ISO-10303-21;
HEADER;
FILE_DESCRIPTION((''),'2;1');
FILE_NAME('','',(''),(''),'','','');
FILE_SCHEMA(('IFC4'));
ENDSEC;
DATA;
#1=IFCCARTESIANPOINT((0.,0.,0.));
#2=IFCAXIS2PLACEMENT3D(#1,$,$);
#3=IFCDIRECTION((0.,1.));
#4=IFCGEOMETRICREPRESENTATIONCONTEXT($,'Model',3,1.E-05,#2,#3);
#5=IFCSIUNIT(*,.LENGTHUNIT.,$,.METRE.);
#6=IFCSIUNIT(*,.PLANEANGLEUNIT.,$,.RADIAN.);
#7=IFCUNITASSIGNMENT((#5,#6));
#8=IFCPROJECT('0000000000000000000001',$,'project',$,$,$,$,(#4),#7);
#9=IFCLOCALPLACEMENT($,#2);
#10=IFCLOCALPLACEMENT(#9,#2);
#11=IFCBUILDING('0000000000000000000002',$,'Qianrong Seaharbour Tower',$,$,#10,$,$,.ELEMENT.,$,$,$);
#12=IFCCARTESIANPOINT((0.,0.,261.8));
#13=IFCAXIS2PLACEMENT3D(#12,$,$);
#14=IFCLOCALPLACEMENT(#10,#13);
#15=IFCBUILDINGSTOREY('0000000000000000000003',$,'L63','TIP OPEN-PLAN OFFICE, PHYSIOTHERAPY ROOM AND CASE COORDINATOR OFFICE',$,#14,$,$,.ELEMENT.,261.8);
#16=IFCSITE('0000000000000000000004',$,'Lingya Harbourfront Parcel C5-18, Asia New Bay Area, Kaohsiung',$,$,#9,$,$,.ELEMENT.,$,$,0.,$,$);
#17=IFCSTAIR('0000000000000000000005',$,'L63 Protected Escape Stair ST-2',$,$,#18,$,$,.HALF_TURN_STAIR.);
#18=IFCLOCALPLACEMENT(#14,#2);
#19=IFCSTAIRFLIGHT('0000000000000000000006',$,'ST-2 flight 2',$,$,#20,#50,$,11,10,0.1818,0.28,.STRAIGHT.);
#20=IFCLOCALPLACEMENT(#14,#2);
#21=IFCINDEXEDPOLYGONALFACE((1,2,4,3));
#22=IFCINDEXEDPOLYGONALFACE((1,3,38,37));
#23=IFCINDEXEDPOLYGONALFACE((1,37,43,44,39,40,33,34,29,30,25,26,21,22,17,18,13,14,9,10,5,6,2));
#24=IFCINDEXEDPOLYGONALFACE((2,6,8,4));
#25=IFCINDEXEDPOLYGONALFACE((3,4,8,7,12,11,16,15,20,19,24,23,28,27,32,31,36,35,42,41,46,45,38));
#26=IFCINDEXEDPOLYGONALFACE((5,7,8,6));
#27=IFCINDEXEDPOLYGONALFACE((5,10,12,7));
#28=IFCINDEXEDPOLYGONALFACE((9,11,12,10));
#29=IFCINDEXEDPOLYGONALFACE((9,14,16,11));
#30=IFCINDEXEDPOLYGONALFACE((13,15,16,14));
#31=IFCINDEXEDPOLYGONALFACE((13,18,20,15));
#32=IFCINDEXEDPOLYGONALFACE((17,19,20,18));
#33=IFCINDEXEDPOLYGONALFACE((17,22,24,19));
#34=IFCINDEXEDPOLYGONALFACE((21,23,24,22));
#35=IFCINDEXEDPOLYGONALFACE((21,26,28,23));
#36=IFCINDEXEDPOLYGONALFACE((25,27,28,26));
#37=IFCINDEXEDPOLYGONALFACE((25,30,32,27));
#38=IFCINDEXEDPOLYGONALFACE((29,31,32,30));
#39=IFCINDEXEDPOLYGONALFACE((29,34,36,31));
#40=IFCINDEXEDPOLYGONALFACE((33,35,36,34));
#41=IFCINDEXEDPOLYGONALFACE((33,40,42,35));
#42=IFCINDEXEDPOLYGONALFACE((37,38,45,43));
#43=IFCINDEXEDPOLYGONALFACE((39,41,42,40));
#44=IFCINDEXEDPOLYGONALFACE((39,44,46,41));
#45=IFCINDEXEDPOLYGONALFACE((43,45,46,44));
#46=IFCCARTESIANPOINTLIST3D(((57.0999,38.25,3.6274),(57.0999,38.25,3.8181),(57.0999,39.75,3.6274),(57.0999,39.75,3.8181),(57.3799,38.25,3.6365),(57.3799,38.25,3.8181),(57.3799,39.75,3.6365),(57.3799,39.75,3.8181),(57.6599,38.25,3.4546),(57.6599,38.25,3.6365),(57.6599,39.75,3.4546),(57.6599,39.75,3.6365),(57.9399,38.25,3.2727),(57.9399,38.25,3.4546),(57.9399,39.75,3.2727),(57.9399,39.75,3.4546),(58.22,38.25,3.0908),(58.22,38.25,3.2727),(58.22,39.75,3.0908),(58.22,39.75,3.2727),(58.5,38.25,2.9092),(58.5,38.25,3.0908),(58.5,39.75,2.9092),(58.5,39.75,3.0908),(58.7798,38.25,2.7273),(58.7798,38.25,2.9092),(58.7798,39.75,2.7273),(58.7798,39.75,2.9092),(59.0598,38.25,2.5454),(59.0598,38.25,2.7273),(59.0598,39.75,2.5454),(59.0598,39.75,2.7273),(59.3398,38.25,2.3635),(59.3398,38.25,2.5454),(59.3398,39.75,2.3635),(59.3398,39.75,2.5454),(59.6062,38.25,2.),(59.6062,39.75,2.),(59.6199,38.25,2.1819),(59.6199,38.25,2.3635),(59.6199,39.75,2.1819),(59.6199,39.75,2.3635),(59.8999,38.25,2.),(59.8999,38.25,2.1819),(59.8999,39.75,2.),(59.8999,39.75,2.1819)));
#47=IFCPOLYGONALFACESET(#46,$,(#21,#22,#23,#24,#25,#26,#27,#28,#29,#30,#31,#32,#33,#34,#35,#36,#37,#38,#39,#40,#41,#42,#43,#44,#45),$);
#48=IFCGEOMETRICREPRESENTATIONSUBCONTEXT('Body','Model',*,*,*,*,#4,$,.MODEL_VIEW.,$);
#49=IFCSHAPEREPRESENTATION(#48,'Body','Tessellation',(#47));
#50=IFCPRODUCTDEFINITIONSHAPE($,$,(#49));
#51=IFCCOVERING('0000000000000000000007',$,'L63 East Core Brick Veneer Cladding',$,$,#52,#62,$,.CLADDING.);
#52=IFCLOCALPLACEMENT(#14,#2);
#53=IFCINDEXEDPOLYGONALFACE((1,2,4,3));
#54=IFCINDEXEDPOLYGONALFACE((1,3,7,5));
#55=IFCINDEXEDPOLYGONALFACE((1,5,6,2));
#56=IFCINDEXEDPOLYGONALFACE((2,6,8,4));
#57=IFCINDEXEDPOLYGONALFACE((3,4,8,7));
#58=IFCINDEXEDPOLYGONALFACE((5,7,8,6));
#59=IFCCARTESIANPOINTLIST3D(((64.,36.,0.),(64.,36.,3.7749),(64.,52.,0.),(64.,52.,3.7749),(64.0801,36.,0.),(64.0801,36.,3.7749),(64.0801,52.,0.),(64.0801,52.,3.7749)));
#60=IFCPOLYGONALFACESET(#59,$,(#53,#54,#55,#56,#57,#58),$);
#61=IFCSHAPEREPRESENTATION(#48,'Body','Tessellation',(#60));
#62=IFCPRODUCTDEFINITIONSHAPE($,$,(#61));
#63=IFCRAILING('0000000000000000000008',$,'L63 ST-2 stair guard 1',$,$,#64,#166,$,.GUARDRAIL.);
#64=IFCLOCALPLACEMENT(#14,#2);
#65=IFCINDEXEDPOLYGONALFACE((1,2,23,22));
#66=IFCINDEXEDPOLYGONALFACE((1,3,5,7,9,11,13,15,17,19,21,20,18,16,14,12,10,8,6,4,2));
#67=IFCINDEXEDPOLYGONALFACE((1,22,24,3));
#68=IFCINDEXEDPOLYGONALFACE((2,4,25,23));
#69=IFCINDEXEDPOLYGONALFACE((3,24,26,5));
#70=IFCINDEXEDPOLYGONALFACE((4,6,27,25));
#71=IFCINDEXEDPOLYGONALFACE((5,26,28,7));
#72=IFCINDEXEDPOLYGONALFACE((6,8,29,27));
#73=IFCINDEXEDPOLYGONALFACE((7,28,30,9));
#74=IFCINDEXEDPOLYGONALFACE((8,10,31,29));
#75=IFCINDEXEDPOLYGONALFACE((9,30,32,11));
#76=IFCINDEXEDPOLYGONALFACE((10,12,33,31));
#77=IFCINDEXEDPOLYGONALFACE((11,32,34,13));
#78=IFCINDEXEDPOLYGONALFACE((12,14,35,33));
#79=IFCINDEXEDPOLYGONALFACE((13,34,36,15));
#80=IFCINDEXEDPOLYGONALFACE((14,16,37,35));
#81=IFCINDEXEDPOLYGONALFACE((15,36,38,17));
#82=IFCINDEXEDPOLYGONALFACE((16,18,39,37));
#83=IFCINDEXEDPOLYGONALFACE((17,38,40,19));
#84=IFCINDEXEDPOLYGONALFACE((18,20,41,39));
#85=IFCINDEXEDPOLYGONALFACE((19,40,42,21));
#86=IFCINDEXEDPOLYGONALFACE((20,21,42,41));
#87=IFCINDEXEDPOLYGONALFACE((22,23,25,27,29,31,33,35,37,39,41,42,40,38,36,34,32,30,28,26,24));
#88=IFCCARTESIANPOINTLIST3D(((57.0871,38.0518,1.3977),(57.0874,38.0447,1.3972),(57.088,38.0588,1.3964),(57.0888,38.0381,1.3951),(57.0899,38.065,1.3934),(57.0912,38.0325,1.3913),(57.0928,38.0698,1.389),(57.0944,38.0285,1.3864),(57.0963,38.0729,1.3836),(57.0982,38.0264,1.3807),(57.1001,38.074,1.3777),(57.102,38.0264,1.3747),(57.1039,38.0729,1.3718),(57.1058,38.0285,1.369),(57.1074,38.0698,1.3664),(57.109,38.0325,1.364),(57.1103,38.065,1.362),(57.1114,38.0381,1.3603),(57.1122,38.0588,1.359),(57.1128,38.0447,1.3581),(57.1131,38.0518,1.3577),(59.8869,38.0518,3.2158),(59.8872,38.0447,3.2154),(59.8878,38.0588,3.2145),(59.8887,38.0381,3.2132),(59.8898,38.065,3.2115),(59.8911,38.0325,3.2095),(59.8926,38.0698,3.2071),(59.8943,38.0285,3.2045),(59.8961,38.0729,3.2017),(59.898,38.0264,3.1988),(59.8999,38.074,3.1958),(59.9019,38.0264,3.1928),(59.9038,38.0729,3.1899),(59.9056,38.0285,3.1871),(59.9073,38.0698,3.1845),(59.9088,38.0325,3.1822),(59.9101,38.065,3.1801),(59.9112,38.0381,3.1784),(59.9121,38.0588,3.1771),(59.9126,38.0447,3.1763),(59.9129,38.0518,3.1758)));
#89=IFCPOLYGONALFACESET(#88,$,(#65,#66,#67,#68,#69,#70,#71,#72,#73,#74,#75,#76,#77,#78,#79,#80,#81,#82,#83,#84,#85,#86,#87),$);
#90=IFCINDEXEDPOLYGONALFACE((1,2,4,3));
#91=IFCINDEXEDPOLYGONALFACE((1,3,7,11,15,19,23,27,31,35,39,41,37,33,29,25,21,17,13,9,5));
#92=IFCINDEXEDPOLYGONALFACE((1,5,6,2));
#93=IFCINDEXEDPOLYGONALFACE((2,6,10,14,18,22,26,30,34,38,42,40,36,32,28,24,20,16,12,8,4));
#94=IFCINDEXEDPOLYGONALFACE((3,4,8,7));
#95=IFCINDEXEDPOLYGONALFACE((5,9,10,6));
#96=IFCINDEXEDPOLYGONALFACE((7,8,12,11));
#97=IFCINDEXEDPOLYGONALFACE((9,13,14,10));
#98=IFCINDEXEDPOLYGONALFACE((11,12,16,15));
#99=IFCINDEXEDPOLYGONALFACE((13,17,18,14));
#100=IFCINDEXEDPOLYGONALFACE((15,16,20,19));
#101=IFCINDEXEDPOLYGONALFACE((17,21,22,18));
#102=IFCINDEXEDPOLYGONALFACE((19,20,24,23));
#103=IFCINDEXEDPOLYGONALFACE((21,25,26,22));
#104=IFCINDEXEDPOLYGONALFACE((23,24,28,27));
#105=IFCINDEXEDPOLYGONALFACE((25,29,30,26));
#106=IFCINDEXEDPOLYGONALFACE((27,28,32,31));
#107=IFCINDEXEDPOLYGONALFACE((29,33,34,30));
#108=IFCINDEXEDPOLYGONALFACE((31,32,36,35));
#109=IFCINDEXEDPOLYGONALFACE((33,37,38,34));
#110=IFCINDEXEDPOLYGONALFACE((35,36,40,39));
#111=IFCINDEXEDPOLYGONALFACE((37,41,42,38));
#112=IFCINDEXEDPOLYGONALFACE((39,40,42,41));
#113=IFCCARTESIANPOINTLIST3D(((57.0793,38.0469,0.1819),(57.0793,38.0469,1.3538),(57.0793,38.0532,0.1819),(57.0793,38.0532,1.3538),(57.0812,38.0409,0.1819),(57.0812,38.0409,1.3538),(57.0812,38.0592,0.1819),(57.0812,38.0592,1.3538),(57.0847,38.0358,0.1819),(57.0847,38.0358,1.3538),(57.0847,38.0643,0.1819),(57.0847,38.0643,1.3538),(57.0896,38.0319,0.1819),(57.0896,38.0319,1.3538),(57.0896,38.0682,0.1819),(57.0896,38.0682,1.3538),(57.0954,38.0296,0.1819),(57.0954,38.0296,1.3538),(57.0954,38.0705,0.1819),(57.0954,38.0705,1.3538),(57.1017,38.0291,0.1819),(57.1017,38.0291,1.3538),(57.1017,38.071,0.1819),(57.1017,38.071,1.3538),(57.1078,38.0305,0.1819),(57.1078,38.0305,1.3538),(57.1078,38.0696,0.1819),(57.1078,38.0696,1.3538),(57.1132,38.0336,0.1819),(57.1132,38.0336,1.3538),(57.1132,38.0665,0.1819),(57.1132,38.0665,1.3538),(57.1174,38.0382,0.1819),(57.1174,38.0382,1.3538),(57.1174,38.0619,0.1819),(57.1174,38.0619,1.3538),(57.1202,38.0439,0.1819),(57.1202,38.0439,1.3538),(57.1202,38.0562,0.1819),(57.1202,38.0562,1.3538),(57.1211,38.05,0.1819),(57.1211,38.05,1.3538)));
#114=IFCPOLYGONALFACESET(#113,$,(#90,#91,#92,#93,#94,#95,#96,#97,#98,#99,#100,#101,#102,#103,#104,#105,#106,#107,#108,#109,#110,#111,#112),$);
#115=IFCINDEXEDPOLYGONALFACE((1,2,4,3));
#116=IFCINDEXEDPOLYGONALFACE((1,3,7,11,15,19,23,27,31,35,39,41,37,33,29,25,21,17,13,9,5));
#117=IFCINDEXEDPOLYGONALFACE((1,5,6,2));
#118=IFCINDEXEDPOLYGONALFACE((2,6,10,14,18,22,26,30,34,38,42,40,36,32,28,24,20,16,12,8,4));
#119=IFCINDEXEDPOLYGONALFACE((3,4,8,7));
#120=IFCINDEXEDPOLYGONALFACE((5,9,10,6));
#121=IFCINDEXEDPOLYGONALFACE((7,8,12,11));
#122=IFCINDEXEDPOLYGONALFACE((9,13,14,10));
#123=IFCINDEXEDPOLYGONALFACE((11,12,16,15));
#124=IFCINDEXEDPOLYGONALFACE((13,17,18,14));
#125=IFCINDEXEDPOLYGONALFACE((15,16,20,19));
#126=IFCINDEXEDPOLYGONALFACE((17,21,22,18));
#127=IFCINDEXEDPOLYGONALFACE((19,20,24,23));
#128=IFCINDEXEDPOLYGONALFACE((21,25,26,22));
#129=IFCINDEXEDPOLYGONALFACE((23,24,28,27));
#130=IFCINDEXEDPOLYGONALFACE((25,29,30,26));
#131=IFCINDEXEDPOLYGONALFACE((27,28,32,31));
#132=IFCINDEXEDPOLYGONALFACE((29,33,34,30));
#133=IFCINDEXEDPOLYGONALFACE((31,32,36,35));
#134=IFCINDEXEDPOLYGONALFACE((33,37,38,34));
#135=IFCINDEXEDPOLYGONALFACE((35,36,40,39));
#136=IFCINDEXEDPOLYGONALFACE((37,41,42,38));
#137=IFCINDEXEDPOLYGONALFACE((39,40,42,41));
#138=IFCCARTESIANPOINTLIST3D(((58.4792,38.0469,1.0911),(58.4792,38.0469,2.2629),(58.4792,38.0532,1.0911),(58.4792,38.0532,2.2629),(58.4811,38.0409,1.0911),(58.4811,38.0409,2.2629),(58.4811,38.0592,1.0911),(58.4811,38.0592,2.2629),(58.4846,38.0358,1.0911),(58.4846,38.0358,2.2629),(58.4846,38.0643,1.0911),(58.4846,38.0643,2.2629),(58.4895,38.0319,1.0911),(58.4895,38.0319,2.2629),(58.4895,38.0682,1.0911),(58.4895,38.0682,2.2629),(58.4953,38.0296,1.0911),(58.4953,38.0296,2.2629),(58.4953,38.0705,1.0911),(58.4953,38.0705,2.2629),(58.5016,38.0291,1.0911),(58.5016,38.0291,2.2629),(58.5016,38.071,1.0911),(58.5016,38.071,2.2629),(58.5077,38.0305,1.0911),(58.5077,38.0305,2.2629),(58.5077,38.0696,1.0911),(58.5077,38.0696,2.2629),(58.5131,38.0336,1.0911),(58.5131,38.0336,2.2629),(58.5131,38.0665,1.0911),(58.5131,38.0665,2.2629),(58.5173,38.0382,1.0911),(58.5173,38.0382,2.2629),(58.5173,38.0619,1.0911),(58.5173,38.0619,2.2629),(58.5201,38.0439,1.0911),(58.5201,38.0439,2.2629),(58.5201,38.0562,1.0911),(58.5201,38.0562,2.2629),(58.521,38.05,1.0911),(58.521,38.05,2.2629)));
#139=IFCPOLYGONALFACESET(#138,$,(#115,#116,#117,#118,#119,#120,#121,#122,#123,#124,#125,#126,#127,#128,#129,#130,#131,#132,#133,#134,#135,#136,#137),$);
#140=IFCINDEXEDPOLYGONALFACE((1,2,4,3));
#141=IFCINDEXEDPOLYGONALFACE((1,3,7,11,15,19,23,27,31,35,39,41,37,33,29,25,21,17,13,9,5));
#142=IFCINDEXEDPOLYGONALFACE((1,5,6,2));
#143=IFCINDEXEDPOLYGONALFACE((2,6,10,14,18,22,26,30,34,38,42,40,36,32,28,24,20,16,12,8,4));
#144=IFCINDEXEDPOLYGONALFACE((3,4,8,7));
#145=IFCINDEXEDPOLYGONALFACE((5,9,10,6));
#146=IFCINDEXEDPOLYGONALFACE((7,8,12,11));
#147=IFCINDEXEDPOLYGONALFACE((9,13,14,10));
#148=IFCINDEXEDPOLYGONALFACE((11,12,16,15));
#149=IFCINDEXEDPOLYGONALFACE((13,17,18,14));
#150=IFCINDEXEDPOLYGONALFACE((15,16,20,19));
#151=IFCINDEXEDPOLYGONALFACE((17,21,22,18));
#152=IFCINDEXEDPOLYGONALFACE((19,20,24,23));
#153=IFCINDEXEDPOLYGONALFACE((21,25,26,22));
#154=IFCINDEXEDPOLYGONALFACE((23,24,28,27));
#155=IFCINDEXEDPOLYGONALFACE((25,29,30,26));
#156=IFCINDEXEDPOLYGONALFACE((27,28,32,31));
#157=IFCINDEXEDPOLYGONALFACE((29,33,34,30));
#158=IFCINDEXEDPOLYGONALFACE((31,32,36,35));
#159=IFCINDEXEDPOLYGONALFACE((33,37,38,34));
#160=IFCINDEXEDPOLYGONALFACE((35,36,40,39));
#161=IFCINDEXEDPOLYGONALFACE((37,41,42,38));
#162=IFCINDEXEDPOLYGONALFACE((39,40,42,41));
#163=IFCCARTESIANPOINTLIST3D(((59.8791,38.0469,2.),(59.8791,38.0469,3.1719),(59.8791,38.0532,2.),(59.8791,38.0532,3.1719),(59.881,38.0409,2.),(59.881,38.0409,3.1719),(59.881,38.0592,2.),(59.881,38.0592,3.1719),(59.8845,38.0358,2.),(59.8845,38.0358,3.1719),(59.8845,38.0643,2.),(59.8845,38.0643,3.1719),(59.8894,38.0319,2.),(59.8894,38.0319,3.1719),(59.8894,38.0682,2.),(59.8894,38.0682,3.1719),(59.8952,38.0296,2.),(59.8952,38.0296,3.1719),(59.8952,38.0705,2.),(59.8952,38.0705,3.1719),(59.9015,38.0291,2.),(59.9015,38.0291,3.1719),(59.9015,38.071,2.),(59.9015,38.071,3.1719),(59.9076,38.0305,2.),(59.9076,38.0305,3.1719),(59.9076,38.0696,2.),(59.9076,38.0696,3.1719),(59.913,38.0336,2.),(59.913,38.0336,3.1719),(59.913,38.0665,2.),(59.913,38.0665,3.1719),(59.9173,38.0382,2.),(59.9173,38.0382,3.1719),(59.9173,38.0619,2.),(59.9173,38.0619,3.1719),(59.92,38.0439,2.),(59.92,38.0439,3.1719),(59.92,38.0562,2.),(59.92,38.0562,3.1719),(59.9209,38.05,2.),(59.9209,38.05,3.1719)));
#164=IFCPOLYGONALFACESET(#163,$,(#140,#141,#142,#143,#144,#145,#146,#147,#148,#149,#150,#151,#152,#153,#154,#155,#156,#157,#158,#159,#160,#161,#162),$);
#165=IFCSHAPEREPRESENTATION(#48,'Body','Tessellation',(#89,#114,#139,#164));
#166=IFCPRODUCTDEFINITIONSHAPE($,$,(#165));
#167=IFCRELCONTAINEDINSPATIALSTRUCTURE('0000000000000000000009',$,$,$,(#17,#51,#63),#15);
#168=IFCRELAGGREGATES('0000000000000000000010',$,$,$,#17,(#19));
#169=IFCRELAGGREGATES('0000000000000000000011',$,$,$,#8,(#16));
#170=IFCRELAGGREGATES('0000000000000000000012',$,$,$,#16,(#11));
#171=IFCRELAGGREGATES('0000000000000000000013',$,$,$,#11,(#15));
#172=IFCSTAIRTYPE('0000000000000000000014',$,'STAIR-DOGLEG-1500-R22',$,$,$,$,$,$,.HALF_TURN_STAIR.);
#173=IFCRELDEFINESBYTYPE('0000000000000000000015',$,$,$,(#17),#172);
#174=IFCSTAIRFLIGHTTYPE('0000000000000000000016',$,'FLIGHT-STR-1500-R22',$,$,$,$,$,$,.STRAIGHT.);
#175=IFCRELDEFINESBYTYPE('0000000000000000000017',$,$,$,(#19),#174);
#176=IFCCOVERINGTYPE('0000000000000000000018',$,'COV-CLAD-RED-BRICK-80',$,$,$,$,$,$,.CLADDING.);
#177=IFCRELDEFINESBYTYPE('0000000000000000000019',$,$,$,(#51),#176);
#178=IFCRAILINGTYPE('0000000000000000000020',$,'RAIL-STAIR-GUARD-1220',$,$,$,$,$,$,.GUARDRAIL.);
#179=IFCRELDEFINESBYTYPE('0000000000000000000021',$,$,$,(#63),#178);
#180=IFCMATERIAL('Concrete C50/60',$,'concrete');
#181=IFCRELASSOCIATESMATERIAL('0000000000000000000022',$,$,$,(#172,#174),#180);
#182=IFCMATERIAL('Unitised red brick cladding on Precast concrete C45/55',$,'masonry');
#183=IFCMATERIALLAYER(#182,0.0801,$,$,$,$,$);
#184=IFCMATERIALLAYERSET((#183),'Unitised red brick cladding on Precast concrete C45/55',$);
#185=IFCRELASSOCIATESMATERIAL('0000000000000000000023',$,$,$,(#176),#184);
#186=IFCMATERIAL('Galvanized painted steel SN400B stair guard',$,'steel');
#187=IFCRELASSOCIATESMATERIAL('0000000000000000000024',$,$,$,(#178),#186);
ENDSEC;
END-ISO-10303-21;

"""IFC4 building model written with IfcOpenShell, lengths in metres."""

from ifc_helpers import new_model, si_unit, direction, frame, origin, origin_2d, place, context, subcontext, project, spatial, polyline, rectangle, circle, outline, extrude, material, layer, layer_set, type_object, element, aggregate, save


model = new_model("IFC4")

# Units and contexts
model_context = context("Model", 3, precision=1e-05, world=origin(), true_north=direction((0.0, 1.0)))
body_context = subcontext(model_context, "Body", "Model", "MODEL_VIEW")
ifc_project = project(units=[si_unit("LENGTHUNIT", "METRE"), si_unit("PLANEANGLEUNIT", "RADIAN")], contexts=[model_context])

# Site, building, storey
site_placement = place(None, origin())
site = spatial("IfcSite", under=ifc_project, at=site_placement, Name="Lingya Harbourfront Parcel C5-18, Asia New Bay Area, Kaohsiung", CompositionType="ELEMENT", RefElevation=0.0)
building_placement = place(site_placement, origin())
building = spatial("IfcBuilding", under=site, at=building_placement, Name="Qianrong Seaharbour Tower", CompositionType="ELEMENT")
storey_placement = place(building_placement, frame((0.0, 0.0, 261.8)))
storey = spatial("IfcBuildingStorey", under=building, at=storey_placement, Name="L63", Description="TIP OPEN-PLAN OFFICE, PHYSIOTHERAPY ROOM AND CASE COORDINATOR OFFICE", CompositionType="ELEMENT", Elevation=261.8)

# Shared definitions
ifc_material_1 = material(Name="Concrete C50/60", Category="concrete")

# Stair, stair flight
stair_type = type_object("IfcStairType", Name="STAIR-DOGLEG-1500-R22", PredefinedType="HALF_TURN_STAIR", material=ifc_material_1)
stair_placement = place(storey_placement, origin())
stair = element("IfcStair", 1, at=stair_placement, inside=storey, type_object=stair_type, Name="L63 Protected Escape Stair ST-2", PredefinedType="HALF_TURN_STAIR")
stair_flight_type = type_object("IfcStairFlightType", Name="FLIGHT-STR-1500-R22", PredefinedType="STRAIGHT", material=ifc_material_1)
stair_flight_1_placement = place(storey_placement, frame((59.8999, 39.0, 2.0), z_axis=(0.0, 0.0, 1.0), x_axis=(-1.0, 0.0, 0.0)))
stair_flight_1 = element("IfcStairFlight", 2, at=stair_flight_1_placement, type_object=stair_flight_type, Name="ST-2 flight 2", NumberOfRisers=11, NumberOfTreads=10, PredefinedType="STRAIGHT", RiserHeight=0.1818, TreadLength=0.28, context=body_context, shape_type="SweptSolid", body=[
    extrude(outline(polyline([(0.0, 0.0), (0.0, 0.1819), (0.28, 0.1819), (0.28, 0.3635), (0.5601, 0.3635), (0.5601, 0.5454), (0.8401, 0.5454), (0.8401, 0.7273), (1.1201, 0.7273), (1.1201, 0.9092), (1.3999, 0.9092), (1.3999, 1.0908), (1.6799, 1.0908), (1.6799, 1.2727), (1.96, 1.2727), (1.96, 1.4546), (2.24, 1.4546), (2.24, 1.6365), (2.52, 1.6365), (2.52, 1.8181), (2.8, 1.8181), (2.8, 2.0), (2.8, 1.6274), (0.2937, 0.0), (0.0, 0.0)])), frame((0.0, 0.75, 0.0), z_axis=(0.0, -1.0, 0.0), x_axis=(1.0, 0.0, 0.0)), (0.0, 0.0, 1.0), 1.5),
])
aggregate(stair, [stair_flight_1])

# Covering
ifc_material_2 = material(Name="Unitised red brick cladding on Precast concrete C45/55", Category="masonry")
ifc_layer_1 = layer(ifc_material_2, 0.0801)
ifc_layer_set_1 = layer_set([ifc_layer_1], Name="Unitised red brick cladding on Precast concrete C45/55")
covering_type = type_object("IfcCoveringType", Name="COV-CLAD-RED-BRICK-80", PredefinedType="CLADDING", material=ifc_layer_set_1)
covering_placement = place(storey_placement, frame((64.04, 44.0, 0.0), z_axis=(0.0, 0.0, 1.0), x_axis=(1.0, 0.0, 0.0)))
element("IfcCovering", 3, at=covering_placement, inside=storey, type_object=covering_type, Name="L63 East Core Brick Veneer Cladding", PredefinedType="CLADDING", context=body_context, shape_type="SweptSolid", body=[
    extrude(rectangle(XDim=0.0801, YDim=16.0, at=origin_2d()), origin(), (0.0, 0.0, 1.0), 3.7749),
])

# Railing
ifc_material_3 = material(Name="Galvanized painted steel SN400B stair guard", Category="steel")
railing_type_1 = type_object("IfcRailingType", Name="RAIL-STAIR-GUARD-1220", PredefinedType="GUARDRAIL", material=ifc_material_3)
railing_1_placement = place(storey_placement, frame((57.1001, 38.05, 0.1819)))
element("IfcRailing", 4, at=railing_1_placement, inside=storey, type_object=railing_type_1, Name="L63 ST-2 stair guard 1", PredefinedType="GUARDRAIL", context=body_context, shape_type="SweptSolid", body=[
    extrude(circle(Radius=0.0239, at=origin_2d()), frame((0.0, 0.0, 1.1958), z_axis=(0.838684, 0.0, 0.544618), x_axis=(0.0, 1.0, 0.0)), (0.0, 0.0, 1.0), 3.3384),
    extrude(circle(Radius=0.021, at=origin_2d()), origin(), (0.0, 0.0, 1.0), 1.1719),
    extrude(circle(Radius=0.021, at=origin_2d()), frame((1.3999, 0.0, 0.9092)), (0.0, 0.0, 1.0), 1.1719),
    extrude(circle(Radius=0.021, at=origin_2d()), frame((2.7998, 0.0, 1.8181)), (0.0, 0.0, 1.0), 1.1719),
])

save(model, "model.ifc")
